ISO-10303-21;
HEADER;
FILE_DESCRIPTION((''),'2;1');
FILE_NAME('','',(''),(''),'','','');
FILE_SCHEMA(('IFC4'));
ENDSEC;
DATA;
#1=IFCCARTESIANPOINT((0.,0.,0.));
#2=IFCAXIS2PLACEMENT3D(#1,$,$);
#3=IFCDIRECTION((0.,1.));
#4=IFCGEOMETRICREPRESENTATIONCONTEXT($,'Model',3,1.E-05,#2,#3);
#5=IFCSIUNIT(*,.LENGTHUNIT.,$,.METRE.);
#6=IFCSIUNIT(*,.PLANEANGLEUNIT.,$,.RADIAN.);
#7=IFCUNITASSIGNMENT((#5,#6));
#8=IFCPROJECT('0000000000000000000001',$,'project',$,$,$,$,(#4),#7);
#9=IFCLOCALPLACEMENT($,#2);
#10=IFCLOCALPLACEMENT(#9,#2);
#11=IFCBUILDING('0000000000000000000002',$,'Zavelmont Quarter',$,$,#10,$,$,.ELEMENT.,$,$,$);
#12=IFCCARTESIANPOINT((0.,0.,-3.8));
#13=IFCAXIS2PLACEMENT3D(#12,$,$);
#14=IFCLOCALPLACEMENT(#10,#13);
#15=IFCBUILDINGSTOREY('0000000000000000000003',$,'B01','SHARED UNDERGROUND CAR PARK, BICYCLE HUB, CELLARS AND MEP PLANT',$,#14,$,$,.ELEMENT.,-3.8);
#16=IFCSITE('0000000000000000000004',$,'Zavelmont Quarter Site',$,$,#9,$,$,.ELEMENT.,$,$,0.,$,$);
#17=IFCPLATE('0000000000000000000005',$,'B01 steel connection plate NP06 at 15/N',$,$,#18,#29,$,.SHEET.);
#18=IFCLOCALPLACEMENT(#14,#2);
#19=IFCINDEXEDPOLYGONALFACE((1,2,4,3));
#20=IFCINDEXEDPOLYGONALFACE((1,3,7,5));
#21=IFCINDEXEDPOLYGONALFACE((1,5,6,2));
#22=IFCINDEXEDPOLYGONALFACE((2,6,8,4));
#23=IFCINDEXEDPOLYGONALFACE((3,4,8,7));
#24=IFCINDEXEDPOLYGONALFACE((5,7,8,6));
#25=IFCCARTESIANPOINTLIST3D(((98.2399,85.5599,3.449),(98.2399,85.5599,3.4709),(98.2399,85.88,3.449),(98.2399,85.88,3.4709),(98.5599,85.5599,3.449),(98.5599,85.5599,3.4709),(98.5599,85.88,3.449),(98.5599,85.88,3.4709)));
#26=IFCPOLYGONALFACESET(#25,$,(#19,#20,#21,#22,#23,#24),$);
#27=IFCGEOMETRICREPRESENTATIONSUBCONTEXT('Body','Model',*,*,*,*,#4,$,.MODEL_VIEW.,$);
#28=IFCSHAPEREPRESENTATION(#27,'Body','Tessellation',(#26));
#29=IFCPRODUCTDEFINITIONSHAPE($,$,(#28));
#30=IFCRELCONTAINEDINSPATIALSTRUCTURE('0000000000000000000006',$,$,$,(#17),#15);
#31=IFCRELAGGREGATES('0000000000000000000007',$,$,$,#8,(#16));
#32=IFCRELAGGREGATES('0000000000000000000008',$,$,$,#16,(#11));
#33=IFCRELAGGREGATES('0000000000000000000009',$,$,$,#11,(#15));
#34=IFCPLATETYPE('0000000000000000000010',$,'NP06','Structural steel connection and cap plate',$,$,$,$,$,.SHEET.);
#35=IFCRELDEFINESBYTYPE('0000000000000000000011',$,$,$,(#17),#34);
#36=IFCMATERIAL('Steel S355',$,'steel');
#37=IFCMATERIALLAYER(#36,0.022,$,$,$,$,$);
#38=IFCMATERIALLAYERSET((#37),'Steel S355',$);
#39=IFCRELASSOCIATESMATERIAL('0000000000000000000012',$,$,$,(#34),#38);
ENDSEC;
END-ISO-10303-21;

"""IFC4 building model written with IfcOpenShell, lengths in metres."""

from ifc_helpers import new_model, si_unit, direction, frame, origin, origin_2d, place, context, subcontext, project, spatial, rectangle, extrude, material, layer, layer_set, type_object, element, save


model = new_model("IFC4")

# Units and contexts
model_context = context("Model", 3, precision=1e-05, world=origin(), true_north=direction((0.0, 1.0)))
body_context = subcontext(model_context, "Body", "Model", "MODEL_VIEW")
ifc_project = project(units=[si_unit("LENGTHUNIT", "METRE"), si_unit("PLANEANGLEUNIT", "RADIAN")], contexts=[model_context])

# Site, building, storey
site_placement = place(None, origin())
site = spatial("IfcSite", under=ifc_project, at=site_placement, Name="Zavelmont Quarter Site", CompositionType="ELEMENT", RefElevation=0.0)
building_placement = place(site_placement, origin())
building = spatial("IfcBuilding", under=site, at=building_placement, Name="Zavelmont Quarter", CompositionType="ELEMENT")
storey_placement = place(building_placement, frame((0.0, 0.0, -3.8)))
storey = spatial("IfcBuildingStorey", under=building, at=storey_placement, Name="B01", Description="SHARED UNDERGROUND CAR PARK, BICYCLE HUB, CELLARS AND MEP PLANT", CompositionType="ELEMENT", Elevation=-3.8)

# Shared definitions
ifc_material_1 = material(Name="Steel S355", Category="steel")

# Plate
ifc_layer_1 = layer(ifc_material_1, 0.022)
ifc_layer_set_1 = layer_set([ifc_layer_1], Name="Steel S355")
plate_type_1 = type_object("IfcPlateType", Name="NP06", Description="Structural steel connection and cap plate", PredefinedType="SHEET", material=ifc_layer_set_1)
for number, where, z_axis, x_axis, name in (
    (1, (98.3999, 85.72, 3.449), (0.0, 0.0, 1.0), (0.0, 1.0, 0.0), "B01 steel connection plate NP06 at 15/N"),
):
    element("IfcPlate", number, at=place(storey_placement, frame(where, z_axis=z_axis, x_axis=x_axis)), inside=storey, type_object=plate_type_1, Name=name, PredefinedType="SHEET", context=body_context, shape_type="SweptSolid", body=[
        extrude(rectangle(XDim=0.3201, YDim=0.3201, at=origin_2d()), origin(), (0.0, 0.0, 1.0), 0.022),
    ])

save(model, "model.ifc")
